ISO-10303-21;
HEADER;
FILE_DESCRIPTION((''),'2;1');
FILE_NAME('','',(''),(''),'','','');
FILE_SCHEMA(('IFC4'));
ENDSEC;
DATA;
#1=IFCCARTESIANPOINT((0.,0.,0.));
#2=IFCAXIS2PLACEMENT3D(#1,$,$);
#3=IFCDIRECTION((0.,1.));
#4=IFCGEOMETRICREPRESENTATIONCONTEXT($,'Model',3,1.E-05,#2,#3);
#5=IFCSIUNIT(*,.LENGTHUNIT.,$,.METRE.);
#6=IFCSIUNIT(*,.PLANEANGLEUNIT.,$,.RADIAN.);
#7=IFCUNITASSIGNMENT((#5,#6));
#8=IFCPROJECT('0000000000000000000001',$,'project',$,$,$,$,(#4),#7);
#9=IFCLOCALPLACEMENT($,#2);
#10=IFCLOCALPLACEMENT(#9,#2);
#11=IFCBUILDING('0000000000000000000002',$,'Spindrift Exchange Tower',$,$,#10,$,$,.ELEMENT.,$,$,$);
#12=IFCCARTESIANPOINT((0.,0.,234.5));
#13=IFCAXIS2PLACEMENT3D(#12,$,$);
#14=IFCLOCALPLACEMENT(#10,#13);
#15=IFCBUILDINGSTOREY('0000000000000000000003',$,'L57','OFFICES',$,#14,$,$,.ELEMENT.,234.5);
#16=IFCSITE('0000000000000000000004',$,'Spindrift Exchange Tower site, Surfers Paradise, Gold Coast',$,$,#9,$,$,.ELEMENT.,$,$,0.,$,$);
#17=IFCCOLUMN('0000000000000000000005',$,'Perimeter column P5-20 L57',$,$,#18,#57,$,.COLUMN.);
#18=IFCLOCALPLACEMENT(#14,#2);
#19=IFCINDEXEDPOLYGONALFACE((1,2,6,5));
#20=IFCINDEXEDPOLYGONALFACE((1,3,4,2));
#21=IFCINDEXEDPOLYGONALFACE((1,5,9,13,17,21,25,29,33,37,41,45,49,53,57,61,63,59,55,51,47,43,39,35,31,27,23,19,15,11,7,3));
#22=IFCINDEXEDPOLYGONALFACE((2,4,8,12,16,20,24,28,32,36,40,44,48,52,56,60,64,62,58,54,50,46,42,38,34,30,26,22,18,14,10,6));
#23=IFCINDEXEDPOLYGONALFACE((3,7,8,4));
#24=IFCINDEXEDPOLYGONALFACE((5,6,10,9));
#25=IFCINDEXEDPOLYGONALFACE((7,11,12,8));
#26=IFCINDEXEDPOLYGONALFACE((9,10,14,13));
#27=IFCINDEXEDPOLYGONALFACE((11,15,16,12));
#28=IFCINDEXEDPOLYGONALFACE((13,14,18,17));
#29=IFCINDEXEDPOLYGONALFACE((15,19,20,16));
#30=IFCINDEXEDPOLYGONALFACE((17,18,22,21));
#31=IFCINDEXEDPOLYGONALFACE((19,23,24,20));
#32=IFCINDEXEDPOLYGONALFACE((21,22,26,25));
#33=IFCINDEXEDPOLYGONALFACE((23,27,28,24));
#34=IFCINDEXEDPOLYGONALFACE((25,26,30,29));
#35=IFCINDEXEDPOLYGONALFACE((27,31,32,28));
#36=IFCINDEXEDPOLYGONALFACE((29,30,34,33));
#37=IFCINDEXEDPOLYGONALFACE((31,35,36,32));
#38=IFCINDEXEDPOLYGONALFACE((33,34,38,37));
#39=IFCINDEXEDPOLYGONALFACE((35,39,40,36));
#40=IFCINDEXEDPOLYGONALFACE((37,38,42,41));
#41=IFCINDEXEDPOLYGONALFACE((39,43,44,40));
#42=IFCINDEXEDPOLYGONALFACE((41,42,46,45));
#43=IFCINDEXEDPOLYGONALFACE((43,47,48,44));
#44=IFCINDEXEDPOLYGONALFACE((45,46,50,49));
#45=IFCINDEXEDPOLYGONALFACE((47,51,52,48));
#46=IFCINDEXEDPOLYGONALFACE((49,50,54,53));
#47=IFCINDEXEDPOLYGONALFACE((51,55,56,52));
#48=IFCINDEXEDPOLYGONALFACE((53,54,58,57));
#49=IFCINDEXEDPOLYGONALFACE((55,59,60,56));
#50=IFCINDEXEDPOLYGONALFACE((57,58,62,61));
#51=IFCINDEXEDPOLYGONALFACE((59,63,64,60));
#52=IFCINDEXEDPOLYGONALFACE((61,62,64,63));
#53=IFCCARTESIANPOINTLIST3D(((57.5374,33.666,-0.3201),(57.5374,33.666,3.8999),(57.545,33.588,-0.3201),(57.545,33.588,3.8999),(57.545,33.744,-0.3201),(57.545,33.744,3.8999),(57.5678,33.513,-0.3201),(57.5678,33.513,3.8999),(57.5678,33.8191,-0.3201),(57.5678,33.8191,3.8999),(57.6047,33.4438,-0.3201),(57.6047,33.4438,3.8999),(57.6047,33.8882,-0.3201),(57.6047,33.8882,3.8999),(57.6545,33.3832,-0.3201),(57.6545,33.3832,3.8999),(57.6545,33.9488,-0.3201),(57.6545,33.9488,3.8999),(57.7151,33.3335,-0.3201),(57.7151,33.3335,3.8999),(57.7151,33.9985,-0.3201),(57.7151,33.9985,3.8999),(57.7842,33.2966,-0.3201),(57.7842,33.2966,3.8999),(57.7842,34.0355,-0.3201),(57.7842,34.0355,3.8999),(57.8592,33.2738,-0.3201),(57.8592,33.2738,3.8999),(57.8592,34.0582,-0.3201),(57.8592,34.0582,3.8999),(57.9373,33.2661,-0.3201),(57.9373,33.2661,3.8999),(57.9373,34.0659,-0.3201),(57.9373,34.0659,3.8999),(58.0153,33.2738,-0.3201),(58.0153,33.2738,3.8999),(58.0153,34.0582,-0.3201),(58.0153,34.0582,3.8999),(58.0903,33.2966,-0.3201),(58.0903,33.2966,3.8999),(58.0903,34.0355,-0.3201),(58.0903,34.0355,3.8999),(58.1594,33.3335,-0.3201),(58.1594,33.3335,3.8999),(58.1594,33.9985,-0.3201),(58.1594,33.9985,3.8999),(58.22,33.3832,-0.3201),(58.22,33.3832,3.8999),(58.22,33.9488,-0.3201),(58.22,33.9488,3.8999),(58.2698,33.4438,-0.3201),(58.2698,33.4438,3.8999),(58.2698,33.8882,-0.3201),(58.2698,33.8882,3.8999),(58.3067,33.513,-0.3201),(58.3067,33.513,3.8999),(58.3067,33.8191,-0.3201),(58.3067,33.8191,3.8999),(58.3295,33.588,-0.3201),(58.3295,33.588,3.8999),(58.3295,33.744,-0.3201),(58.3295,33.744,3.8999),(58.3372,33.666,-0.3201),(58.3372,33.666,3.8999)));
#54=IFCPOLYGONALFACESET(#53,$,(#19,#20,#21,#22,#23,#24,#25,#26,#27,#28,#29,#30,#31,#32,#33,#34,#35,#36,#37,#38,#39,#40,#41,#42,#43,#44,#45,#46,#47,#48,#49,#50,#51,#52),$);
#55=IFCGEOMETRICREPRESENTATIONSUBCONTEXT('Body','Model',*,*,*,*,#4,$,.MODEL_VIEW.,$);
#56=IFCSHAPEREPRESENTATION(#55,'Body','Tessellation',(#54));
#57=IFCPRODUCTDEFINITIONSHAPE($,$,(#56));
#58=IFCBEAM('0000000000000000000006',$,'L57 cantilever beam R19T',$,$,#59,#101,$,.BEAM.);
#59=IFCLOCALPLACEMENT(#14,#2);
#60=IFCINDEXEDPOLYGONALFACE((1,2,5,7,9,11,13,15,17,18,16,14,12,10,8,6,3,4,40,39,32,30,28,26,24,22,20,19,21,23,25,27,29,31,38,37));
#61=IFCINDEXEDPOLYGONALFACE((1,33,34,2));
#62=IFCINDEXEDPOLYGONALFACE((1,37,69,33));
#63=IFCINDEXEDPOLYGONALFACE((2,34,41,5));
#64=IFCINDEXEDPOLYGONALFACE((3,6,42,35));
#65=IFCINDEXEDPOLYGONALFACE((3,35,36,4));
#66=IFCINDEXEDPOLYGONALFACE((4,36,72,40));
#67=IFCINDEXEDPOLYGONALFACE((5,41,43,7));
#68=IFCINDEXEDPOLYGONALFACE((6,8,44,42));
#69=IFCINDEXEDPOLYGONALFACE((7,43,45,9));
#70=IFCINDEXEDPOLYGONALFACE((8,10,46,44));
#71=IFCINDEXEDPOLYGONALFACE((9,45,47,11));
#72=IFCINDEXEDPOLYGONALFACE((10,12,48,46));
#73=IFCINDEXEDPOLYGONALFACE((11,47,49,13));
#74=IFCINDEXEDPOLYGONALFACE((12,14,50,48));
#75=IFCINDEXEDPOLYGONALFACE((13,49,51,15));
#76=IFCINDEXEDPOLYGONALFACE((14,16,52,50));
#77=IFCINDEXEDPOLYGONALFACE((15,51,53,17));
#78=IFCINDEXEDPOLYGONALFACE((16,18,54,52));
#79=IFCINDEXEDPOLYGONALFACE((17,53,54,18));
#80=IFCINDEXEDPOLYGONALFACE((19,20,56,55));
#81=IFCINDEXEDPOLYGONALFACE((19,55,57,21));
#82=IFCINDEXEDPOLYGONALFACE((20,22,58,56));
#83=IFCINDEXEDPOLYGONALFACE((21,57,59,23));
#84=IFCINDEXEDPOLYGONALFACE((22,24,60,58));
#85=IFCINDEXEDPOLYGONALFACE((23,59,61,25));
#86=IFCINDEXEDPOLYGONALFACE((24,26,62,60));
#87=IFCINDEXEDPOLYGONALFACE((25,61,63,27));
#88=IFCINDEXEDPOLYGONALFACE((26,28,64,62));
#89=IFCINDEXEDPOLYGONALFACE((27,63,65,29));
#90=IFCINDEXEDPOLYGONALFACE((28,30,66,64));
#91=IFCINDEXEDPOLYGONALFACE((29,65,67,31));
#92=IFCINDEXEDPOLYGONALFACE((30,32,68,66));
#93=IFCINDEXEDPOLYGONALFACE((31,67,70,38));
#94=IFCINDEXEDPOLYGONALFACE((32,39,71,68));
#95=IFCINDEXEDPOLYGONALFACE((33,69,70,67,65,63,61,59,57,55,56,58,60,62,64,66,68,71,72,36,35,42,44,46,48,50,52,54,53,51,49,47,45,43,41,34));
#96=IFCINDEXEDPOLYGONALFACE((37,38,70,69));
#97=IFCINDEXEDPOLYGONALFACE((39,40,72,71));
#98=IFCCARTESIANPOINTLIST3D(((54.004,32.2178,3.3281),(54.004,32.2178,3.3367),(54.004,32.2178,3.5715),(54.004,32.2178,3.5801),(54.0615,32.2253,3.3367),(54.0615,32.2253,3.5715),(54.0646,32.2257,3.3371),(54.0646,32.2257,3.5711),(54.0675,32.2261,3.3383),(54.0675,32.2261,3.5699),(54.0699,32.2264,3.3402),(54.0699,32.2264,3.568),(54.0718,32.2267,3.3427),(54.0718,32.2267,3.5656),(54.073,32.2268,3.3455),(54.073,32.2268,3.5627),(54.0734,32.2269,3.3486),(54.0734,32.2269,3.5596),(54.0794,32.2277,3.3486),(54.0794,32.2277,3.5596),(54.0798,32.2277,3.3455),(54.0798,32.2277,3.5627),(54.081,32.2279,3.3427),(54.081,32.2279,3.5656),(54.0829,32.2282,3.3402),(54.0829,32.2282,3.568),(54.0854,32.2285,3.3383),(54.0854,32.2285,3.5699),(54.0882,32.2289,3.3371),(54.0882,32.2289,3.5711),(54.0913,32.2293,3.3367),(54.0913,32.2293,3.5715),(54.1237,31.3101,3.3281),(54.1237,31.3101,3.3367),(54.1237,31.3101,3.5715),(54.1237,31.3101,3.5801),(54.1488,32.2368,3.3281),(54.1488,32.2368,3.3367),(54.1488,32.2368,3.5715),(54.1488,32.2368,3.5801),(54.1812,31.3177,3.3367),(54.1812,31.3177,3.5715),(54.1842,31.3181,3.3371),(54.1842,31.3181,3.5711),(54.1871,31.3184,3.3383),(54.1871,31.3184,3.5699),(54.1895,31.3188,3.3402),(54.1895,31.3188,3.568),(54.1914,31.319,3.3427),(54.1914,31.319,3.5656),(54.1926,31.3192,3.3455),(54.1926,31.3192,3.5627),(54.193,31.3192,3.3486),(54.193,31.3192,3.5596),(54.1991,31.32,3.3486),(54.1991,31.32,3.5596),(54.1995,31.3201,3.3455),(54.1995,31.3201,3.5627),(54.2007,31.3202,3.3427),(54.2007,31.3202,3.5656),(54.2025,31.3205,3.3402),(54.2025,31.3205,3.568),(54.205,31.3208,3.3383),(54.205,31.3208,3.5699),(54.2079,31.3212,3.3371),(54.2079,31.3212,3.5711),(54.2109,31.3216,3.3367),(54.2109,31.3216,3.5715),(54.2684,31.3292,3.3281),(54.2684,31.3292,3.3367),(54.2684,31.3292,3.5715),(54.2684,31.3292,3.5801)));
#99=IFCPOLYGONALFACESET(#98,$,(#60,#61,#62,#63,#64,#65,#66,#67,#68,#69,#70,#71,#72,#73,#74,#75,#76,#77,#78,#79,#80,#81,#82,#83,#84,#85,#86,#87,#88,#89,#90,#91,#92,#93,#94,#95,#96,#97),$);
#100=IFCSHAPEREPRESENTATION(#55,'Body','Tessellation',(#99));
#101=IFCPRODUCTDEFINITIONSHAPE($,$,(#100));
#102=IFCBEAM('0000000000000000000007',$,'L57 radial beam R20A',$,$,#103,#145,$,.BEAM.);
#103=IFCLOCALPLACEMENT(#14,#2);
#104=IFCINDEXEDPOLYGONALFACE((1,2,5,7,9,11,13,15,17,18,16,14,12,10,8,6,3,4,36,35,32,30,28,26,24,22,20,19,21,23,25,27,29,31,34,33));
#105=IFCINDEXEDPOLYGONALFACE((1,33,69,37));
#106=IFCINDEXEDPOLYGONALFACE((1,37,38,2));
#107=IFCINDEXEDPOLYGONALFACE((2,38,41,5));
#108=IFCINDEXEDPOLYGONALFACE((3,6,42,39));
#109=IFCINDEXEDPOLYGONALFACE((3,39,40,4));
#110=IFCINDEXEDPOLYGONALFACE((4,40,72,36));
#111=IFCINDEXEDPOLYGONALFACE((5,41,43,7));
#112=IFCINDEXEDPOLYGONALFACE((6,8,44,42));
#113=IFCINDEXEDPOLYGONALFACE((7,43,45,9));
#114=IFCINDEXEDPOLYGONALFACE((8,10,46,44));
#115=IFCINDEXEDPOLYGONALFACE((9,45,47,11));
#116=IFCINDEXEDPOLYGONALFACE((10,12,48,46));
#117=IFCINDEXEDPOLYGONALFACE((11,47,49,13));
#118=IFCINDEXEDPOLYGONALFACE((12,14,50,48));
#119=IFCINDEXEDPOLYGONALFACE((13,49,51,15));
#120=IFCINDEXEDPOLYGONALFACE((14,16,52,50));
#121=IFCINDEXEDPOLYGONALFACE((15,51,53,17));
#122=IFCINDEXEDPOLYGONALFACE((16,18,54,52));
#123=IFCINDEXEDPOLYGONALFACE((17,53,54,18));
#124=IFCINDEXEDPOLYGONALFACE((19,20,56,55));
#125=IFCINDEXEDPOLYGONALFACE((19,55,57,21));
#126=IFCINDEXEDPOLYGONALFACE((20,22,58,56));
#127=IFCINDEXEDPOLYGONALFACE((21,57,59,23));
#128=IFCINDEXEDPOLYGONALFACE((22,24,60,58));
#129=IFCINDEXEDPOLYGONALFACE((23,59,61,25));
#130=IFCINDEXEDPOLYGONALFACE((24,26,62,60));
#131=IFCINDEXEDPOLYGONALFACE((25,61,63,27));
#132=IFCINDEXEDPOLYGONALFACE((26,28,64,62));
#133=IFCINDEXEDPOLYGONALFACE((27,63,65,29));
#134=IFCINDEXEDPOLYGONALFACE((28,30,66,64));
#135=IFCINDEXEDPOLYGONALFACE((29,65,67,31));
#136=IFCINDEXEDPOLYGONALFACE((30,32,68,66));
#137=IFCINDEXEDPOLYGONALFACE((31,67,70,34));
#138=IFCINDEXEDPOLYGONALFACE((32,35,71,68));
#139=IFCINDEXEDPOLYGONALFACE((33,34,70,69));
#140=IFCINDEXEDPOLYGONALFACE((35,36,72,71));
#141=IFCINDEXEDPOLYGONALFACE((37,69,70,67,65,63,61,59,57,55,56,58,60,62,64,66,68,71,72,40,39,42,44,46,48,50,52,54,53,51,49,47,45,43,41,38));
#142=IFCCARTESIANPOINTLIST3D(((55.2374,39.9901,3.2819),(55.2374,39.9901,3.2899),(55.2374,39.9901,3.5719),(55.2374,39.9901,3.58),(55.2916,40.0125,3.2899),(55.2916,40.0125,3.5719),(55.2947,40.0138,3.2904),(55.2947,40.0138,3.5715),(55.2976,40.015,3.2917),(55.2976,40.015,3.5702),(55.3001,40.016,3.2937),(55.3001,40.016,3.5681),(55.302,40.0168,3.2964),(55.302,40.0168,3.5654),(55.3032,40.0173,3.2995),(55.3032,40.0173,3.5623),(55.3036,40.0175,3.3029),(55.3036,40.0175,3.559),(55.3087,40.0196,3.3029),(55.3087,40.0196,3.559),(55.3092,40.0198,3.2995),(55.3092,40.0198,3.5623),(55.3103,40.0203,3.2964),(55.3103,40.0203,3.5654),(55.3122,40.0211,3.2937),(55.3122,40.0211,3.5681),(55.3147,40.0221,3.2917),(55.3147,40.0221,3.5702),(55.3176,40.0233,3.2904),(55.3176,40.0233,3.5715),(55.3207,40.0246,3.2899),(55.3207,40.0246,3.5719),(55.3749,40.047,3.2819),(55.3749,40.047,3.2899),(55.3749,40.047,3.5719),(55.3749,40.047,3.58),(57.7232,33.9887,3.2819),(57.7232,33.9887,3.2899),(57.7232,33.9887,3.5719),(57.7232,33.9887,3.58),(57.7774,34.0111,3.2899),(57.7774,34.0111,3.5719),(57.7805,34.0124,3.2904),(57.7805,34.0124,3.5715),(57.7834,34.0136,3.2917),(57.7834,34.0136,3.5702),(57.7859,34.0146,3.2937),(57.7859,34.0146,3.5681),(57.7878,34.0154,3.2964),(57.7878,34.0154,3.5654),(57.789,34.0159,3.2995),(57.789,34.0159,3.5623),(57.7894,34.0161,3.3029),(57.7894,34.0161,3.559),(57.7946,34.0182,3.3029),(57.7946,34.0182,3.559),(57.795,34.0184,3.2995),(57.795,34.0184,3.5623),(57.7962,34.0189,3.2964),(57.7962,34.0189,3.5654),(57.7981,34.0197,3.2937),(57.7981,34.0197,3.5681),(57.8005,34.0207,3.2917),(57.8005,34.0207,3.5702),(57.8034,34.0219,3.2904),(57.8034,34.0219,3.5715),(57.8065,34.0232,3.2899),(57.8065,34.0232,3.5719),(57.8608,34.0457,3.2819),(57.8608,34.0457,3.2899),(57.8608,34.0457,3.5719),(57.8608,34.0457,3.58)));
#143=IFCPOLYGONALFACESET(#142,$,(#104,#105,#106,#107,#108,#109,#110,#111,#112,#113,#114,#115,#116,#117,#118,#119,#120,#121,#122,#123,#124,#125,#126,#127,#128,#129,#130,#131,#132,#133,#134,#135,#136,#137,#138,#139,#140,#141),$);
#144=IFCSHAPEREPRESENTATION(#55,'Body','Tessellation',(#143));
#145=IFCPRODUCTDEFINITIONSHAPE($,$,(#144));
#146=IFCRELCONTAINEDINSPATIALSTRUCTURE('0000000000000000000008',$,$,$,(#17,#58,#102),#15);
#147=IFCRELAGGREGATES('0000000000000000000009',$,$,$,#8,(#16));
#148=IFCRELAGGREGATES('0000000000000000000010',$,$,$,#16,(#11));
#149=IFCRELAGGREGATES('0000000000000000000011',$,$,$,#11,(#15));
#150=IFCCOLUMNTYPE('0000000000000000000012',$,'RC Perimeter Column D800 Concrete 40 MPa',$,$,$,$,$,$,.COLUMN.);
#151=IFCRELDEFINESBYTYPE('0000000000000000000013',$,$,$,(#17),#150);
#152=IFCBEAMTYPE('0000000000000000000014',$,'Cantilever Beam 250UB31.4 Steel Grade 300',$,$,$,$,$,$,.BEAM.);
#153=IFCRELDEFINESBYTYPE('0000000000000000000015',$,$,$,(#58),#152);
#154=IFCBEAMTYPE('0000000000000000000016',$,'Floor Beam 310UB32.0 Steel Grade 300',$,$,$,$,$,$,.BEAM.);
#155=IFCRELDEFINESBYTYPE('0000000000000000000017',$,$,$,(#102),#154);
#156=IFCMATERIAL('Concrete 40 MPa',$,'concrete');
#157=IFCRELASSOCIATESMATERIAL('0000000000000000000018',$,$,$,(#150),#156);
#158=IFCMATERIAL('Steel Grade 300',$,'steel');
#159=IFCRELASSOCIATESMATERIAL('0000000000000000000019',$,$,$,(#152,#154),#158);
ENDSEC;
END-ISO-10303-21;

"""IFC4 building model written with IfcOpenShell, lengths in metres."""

from ifc_helpers import new_model, si_unit, direction, frame, origin, origin_2d, place, context, subcontext, project, spatial, circle, i_section, extrude, source, transform, mapped, material, material_profile, profile_set, type_object, element, save


model = new_model("IFC4")

# Units and contexts
model_context = context("Model", 3, precision=1e-05, world=origin(), true_north=direction((0.0, 1.0)))
body_context = subcontext(model_context, "Body", "Model", "MODEL_VIEW")
ifc_project = project(units=[si_unit("LENGTHUNIT", "METRE"), si_unit("PLANEANGLEUNIT", "RADIAN")], contexts=[model_context])

# Site, building, storey
site_placement = place(None, origin())
site = spatial("IfcSite", under=ifc_project, at=site_placement, Name="Spindrift Exchange Tower site, Surfers Paradise, Gold Coast", CompositionType="ELEMENT", RefElevation=0.0)
building_placement = place(site_placement, origin())
building = spatial("IfcBuilding", under=site, at=building_placement, Name="Spindrift Exchange Tower", CompositionType="ELEMENT")
storey_placement = place(building_placement, frame((0.0, 0.0, 234.5)))
storey = spatial("IfcBuildingStorey", under=building, at=storey_placement, Name="L57", Description="OFFICES", CompositionType="ELEMENT", Elevation=234.5)

# Column
ifc_material_1 = material(Name="Concrete 40 MPa", Category="concrete")
ifc_material_profile_1 = material_profile(ifc_material_1, circle(Radius=0.3999, at=origin_2d()), Name="RC D800")
ifc_profile_set_1 = profile_set([ifc_material_profile_1], Name="Concrete 40 MPa")
column_type = type_object("IfcColumnType", Name="RC Perimeter Column D800 Concrete 40 MPa", PredefinedType="COLUMN", material=ifc_profile_set_1)
shared_shape_1 = source(origin(), body_context, "Body", "SweptSolid", [
    extrude(circle(Radius=0.3999, at=origin_2d()), origin(), (0.0, 0.0, 1.0), 4.22),
])
column_placement = place(storey_placement, frame((57.9373, 33.666, -0.3201), z_axis=(0.0, 0.0, 1.0), x_axis=(1.0, 0.0, 0.0)))
element("IfcColumn", 1, at=column_placement, inside=storey, type_object=column_type, Name="Perimeter column P5-20 L57", PredefinedType="COLUMN", context=body_context, shape_type="MappedRepresentation", body=[
    mapped(shared_shape_1, transform((0.0, 0.0, 0.0), scale=1.0)),
])

# Beams
ifc_material_2 = material(Name="Steel Grade 300", Category="steel")
ifc_material_profile_2 = material_profile(ifc_material_2, i_section(OverallWidth=0.146, OverallDepth=0.252, WebThickness=0.0061, FlangeThickness=0.0085, FilletRadius=0.012, at=origin_2d()), Name="250UB31.4")
ifc_profile_set_2 = profile_set([ifc_material_profile_2], Name="Steel Grade 300")
beam_type_1 = type_object("IfcBeamType", Name="Cantilever Beam 250UB31.4 Steel Grade 300", PredefinedType="BEAM", material=ifc_profile_set_2)
shared_shape_2 = source(origin(), body_context, "Body", "SweptSolid", [
    extrude(i_section(OverallWidth=0.146, OverallDepth=0.252, WebThickness=0.0061, FlangeThickness=0.0085, FilletRadius=0.012, at=origin_2d()), origin(), (0.0, 0.0, 1.0), 0.9155),
])
beam_1_placement = place(storey_placement, frame((54.0764, 32.2273, 3.4541), z_axis=(0.130661, -0.991427, 0.0), x_axis=(0.991427, 0.130661, 0.0)))
element("IfcBeam", 2, at=beam_1_placement, inside=storey, type_object=beam_type_1, Name="L57 cantilever beam R19T", PredefinedType="BEAM", context=body_context, shape_type="MappedRepresentation", body=[
    mapped(shared_shape_2, transform((0.0, 0.0, 0.0), scale=1.0)),
])
ifc_material_profile_3 = material_profile(ifc_material_2, i_section(OverallWidth=0.1489, OverallDepth=0.2981, WebThickness=0.0056, FlangeThickness=0.0081, FilletRadius=0.0129, at=origin_2d()), Name="310UB32.0")
ifc_profile_set_3 = profile_set([ifc_material_profile_3], Name="Steel Grade 300")
beam_type_2 = type_object("IfcBeamType", Name="Floor Beam 310UB32.0 Steel Grade 300", PredefinedType="BEAM", material=ifc_profile_set_3)
shared_shape_3 = source(origin(), body_context, "Body", "SweptSolid", [
    extrude(i_section(OverallWidth=0.1489, OverallDepth=0.2981, WebThickness=0.0056, FlangeThickness=0.0081, FilletRadius=0.0129, at=origin_2d()), origin(), (0.0, 0.0, 1.0), 6.4958),
])
beam_2_placement = place(storey_placement, frame((55.3062, 40.0186, 3.4309), z_axis=(0.382677, -0.923882, 0.0), x_axis=(0.923882, 0.382677, 0.0)))
element("IfcBeam", 3, at=beam_2_placement, inside=storey, type_object=beam_type_2, Name="L57 radial beam R20A", PredefinedType="BEAM", context=body_context, shape_type="MappedRepresentation", body=[
    mapped(shared_shape_3, transform((0.0, 0.0, 0.0), scale=1.0)),
])

save(model, "model.ifc")
